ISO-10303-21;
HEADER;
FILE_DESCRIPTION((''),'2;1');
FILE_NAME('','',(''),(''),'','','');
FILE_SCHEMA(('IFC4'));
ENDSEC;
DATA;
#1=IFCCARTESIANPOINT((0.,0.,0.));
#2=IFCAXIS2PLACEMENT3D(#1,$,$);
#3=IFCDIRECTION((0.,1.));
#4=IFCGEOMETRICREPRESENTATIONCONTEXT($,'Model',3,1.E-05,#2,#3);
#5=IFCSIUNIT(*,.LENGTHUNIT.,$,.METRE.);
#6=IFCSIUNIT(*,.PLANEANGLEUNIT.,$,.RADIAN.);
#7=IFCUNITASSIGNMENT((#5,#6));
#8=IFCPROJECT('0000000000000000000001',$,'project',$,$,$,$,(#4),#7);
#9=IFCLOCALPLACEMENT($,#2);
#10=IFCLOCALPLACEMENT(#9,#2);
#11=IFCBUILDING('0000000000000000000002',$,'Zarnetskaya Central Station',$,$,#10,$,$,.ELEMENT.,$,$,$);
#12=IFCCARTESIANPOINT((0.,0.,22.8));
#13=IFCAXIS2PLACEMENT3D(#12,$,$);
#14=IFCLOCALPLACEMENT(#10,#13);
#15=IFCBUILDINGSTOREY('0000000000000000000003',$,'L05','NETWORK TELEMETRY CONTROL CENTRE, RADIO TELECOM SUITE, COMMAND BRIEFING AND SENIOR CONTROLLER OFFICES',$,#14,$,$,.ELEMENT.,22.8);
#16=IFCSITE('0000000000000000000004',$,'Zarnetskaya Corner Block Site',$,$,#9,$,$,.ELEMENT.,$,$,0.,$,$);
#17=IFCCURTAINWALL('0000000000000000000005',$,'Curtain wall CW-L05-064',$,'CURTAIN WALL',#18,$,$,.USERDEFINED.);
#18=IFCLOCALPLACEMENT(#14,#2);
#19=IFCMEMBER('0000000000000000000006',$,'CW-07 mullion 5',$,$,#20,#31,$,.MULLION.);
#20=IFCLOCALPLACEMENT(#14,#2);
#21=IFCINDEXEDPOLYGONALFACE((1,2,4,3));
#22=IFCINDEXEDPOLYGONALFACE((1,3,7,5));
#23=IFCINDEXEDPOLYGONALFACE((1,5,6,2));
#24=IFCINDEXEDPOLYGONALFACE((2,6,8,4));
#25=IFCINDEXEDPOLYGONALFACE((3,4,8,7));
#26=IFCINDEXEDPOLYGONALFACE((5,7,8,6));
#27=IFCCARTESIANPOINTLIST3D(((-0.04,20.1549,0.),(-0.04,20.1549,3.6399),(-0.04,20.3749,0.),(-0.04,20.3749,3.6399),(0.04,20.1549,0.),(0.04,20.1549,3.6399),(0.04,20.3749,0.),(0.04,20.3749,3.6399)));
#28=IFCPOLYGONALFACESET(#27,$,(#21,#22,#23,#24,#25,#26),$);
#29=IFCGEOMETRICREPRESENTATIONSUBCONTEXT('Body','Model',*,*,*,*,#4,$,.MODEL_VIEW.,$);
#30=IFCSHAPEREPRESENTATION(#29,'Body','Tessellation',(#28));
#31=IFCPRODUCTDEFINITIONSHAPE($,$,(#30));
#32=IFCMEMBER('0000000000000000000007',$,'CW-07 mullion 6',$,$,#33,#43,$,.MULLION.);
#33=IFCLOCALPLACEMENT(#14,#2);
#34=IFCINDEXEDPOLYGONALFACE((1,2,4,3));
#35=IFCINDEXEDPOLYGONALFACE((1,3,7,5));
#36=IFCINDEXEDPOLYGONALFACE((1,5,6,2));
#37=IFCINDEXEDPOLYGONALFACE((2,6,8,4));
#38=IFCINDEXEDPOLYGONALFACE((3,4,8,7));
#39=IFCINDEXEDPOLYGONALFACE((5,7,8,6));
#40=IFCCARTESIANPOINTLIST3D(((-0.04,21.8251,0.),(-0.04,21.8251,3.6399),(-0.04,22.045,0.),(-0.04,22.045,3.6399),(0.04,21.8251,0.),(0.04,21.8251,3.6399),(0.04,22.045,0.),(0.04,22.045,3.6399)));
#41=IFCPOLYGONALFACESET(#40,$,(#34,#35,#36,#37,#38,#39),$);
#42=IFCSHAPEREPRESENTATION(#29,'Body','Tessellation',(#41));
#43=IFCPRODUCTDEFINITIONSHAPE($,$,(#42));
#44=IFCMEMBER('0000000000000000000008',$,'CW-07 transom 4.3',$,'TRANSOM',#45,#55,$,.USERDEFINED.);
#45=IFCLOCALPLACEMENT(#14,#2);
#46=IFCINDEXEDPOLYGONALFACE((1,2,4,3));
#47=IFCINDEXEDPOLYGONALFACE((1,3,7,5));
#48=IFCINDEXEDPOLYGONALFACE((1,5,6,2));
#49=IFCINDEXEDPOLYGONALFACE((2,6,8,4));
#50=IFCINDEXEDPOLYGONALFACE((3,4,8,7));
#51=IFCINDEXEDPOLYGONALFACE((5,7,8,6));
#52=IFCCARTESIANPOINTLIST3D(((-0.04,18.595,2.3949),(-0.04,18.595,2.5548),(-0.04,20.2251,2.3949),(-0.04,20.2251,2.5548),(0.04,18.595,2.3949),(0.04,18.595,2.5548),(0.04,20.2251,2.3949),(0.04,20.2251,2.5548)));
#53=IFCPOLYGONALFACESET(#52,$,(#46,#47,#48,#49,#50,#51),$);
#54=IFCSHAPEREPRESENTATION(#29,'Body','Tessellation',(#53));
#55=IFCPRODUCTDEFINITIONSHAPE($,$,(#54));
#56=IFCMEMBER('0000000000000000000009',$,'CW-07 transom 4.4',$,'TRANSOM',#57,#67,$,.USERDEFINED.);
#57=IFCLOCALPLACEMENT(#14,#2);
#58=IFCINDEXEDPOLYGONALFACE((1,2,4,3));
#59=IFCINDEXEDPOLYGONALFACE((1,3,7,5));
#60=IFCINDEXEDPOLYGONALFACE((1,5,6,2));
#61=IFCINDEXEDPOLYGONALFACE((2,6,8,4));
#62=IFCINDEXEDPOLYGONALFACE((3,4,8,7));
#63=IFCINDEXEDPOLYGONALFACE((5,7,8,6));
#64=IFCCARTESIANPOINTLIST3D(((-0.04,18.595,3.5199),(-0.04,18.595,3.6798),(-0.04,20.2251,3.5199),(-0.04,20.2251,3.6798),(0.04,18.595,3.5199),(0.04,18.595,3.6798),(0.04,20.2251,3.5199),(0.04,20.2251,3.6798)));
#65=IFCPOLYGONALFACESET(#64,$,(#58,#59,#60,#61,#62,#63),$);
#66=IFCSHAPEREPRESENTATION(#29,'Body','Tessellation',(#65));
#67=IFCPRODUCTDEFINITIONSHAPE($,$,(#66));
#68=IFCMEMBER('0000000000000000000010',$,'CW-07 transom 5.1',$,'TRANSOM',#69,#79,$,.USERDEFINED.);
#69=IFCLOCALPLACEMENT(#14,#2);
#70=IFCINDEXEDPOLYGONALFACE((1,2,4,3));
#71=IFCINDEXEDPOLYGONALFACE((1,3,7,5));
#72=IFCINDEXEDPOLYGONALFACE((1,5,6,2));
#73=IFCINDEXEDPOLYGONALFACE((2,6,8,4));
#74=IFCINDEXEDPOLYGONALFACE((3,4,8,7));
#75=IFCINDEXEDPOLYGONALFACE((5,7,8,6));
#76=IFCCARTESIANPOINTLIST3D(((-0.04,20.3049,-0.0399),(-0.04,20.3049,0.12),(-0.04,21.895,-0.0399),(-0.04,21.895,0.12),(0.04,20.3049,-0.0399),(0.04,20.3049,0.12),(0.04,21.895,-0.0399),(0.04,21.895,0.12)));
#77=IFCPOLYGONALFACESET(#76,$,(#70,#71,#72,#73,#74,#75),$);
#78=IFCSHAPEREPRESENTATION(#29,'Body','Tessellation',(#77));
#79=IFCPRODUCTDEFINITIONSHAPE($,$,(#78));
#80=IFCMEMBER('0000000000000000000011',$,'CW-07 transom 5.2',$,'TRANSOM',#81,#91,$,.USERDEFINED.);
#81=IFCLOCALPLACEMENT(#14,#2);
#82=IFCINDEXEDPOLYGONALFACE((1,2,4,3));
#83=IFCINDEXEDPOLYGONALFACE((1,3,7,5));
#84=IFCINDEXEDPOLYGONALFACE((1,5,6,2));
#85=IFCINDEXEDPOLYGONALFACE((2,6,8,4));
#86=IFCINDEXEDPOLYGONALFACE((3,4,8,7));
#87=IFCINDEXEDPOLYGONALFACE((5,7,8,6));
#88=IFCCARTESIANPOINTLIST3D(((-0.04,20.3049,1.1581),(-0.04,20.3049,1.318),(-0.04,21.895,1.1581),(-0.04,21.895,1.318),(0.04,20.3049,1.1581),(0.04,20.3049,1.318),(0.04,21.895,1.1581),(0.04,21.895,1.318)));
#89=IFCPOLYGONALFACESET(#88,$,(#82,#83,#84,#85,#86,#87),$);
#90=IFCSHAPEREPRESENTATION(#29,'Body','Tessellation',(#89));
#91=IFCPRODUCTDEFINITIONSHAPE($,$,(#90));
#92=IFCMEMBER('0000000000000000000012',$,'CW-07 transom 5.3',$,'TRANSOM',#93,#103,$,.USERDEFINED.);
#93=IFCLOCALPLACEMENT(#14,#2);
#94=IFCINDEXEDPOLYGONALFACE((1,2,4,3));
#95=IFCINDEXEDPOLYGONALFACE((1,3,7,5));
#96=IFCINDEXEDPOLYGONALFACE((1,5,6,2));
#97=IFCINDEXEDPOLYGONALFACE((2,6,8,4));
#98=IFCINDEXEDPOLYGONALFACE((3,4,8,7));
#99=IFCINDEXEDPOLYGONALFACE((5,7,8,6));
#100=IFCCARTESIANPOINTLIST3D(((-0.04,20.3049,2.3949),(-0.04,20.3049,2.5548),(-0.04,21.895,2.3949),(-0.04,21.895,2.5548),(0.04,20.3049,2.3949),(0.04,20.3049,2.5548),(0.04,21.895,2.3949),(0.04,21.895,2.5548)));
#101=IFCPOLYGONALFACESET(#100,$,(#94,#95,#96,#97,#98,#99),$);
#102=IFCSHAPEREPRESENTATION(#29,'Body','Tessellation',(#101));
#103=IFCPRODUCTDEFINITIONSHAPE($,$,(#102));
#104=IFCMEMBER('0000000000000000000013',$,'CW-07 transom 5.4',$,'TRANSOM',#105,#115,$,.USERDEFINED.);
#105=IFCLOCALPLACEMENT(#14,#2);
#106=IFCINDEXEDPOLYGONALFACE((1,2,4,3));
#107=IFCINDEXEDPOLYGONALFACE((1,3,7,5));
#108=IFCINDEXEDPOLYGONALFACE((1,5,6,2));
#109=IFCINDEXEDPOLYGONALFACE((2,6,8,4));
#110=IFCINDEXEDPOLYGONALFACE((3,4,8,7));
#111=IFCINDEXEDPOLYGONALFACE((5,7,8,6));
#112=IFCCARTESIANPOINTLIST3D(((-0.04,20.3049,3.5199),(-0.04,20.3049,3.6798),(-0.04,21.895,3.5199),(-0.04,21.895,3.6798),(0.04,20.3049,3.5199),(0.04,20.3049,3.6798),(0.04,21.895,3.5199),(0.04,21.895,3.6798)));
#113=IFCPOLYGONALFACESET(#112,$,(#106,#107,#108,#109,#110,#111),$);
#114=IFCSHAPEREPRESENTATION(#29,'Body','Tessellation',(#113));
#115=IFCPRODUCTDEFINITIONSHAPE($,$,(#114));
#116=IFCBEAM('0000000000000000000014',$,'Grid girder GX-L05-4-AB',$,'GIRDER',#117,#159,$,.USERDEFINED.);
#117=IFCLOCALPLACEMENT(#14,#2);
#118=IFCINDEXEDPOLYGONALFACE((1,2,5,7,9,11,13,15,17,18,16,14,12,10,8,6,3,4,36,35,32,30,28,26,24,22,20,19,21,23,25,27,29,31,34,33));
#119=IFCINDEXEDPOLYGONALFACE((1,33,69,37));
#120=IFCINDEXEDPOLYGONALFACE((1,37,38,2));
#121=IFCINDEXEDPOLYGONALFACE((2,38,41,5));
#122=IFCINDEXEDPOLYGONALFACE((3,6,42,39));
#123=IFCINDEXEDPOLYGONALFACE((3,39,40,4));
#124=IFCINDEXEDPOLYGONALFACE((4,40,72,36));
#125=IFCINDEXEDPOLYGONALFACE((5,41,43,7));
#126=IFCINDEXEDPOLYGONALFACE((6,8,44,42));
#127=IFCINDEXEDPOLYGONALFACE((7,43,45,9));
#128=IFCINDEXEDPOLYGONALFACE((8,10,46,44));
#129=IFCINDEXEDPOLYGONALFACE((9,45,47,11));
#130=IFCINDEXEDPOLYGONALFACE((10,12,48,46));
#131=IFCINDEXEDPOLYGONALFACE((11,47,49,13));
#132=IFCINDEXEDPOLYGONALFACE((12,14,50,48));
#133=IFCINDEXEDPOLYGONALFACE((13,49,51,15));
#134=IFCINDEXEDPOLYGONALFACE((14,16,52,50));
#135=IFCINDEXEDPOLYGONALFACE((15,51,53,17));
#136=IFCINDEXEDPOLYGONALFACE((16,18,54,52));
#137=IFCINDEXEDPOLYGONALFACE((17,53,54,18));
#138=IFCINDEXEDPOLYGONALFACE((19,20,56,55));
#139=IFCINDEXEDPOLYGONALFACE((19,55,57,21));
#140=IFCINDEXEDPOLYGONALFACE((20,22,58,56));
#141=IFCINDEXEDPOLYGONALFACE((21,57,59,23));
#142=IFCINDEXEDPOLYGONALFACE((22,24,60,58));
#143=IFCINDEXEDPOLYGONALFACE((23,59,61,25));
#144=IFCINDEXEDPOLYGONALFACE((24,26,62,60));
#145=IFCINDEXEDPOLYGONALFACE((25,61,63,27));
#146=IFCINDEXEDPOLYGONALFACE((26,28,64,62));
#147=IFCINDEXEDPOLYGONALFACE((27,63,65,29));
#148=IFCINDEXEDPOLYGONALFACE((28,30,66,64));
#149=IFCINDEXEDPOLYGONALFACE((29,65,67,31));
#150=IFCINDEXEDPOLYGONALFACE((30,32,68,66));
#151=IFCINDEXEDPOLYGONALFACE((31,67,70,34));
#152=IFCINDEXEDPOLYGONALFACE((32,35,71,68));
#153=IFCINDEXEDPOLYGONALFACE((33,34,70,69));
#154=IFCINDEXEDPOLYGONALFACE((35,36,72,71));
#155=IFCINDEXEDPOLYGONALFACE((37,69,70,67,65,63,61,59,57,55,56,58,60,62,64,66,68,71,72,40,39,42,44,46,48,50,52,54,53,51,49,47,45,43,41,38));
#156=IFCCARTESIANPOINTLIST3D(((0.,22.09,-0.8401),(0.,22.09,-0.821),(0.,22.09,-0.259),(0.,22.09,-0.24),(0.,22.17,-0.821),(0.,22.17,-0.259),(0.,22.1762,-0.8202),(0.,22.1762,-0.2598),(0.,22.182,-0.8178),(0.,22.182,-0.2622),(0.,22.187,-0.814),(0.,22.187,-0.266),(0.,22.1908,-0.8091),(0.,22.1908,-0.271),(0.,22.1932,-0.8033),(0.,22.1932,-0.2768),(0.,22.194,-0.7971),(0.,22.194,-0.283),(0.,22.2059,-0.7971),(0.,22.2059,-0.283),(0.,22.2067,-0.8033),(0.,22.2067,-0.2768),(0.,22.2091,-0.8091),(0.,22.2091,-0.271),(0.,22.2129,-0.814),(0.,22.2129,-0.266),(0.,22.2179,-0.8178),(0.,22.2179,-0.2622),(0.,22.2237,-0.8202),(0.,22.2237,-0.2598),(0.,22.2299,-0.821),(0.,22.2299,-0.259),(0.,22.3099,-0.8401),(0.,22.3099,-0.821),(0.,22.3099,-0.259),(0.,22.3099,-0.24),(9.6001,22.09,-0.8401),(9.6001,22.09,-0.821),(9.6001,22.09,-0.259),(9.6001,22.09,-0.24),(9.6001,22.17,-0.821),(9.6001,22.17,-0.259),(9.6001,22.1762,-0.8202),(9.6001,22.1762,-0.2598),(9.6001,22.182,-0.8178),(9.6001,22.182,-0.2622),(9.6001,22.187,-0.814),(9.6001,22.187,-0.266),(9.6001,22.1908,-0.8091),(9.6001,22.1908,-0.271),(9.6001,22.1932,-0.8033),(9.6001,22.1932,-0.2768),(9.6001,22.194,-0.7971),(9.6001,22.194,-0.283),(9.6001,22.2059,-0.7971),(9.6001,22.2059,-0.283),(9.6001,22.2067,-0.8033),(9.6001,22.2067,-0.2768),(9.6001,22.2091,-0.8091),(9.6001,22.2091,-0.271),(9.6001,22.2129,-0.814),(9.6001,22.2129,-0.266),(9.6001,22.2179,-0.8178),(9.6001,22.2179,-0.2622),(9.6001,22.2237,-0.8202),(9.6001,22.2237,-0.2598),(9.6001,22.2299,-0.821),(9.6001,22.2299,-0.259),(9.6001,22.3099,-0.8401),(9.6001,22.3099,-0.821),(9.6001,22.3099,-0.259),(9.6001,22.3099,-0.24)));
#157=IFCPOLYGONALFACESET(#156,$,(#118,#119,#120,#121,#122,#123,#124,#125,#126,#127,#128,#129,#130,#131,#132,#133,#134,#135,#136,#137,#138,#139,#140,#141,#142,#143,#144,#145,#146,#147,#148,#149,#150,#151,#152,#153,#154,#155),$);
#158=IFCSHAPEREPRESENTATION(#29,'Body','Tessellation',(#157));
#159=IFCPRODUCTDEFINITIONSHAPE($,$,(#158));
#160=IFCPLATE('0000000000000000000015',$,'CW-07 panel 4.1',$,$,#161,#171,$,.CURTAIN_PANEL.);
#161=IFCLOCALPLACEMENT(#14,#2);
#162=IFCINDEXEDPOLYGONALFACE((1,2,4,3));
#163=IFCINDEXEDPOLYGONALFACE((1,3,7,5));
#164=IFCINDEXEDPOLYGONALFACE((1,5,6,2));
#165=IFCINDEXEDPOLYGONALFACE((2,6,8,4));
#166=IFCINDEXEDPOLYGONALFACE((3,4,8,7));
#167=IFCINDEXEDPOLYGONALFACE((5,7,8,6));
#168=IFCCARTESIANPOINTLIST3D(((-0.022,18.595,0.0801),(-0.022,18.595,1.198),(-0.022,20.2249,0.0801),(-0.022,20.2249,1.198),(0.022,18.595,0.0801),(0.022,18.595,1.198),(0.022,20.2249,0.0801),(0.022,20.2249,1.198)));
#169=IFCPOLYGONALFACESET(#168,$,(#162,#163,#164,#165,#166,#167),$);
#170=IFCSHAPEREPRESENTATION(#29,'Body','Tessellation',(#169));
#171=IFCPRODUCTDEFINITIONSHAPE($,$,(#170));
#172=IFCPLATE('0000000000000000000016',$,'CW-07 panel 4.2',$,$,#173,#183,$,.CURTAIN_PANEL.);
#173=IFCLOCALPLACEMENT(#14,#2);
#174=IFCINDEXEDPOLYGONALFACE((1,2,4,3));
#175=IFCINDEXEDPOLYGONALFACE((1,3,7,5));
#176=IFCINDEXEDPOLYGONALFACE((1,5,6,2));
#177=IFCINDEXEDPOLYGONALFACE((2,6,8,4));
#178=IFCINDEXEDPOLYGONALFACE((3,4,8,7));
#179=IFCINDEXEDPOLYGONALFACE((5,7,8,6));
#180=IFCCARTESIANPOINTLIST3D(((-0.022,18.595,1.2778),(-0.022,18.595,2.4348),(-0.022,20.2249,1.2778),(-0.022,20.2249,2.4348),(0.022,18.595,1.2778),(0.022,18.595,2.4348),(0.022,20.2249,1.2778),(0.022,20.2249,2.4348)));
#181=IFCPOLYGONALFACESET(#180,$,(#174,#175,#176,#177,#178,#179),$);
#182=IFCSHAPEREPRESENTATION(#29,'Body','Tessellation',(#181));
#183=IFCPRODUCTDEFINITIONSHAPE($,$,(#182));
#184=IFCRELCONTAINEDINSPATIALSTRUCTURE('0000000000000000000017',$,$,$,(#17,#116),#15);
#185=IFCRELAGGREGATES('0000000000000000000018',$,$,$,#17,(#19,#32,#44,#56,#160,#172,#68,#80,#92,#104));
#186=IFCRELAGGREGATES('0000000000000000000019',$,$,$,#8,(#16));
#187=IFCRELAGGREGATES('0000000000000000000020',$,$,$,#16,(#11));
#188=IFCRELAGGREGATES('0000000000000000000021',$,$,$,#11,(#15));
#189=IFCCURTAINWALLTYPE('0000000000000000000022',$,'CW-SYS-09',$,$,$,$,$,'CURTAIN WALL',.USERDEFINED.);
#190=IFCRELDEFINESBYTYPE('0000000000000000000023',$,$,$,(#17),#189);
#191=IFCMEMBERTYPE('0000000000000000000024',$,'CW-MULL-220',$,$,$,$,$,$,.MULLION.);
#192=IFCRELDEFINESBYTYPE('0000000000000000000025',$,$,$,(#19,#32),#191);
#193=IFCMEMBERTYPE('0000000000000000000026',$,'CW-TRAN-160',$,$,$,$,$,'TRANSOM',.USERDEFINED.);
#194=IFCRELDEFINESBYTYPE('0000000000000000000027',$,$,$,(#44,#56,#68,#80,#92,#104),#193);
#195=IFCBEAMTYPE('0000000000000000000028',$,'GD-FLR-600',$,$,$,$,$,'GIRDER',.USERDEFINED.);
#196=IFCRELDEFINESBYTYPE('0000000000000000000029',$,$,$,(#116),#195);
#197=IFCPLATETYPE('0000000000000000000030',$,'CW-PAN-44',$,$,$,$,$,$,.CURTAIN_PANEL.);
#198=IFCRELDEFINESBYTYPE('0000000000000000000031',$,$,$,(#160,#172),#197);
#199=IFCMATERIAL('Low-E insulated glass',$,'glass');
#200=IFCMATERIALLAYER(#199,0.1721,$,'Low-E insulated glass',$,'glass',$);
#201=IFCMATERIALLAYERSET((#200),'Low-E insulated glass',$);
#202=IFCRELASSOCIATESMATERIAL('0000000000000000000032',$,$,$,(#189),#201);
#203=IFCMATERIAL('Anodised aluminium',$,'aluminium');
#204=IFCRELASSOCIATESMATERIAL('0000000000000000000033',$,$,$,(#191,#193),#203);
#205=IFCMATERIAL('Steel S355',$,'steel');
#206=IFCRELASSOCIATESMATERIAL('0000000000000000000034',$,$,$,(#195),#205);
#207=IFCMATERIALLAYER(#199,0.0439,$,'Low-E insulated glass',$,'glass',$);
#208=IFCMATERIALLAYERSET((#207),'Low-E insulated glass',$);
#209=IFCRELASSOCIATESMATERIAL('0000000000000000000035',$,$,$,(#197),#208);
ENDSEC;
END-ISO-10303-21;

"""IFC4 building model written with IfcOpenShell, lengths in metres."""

from ifc_helpers import new_model, si_unit, direction, frame, origin, origin_2d, place, context, subcontext, project, spatial, rectangle, i_section, extrude, material, layer, layer_set, material_profile, profile_set, type_object, element, aggregate, save


model = new_model("IFC4")

# Units and contexts
model_context = context("Model", 3, precision=1e-05, world=origin(), true_north=direction((0.0, 1.0)))
body_context = subcontext(model_context, "Body", "Model", "MODEL_VIEW")
ifc_project = project(units=[si_unit("LENGTHUNIT", "METRE"), si_unit("PLANEANGLEUNIT", "RADIAN")], contexts=[model_context])

# Site, building, storey
site_placement = place(None, origin())
site = spatial("IfcSite", under=ifc_project, at=site_placement, Name="Zarnetskaya Corner Block Site", CompositionType="ELEMENT", RefElevation=0.0)
building_placement = place(site_placement, origin())
building = spatial("IfcBuilding", under=site, at=building_placement, Name="Zarnetskaya Central Station", CompositionType="ELEMENT")
storey_placement = place(building_placement, frame((0.0, 0.0, 22.8)))
storey = spatial("IfcBuildingStorey", under=building, at=storey_placement, Name="L05", Description="NETWORK TELEMETRY CONTROL CENTRE, RADIO TELECOM SUITE, COMMAND BRIEFING AND SENIOR CONTROLLER OFFICES", CompositionType="ELEMENT", Elevation=22.8)

# Shared definitions
ifc_material_1 = material(Name="Steel S355", Category="steel")

# Curtain wall, members
ifc_material_2 = material(Name="Low-E insulated glass", Category="glass")
ifc_layer_1 = layer(ifc_material_2, 0.1721, Name="Low-E insulated glass", Category="glass")
ifc_layer_set_1 = layer_set([ifc_layer_1], Name="Low-E insulated glass")
curtain_wall_type = type_object("IfcCurtainWallType", Name="CW-SYS-09", ElementType="CURTAIN WALL", PredefinedType="USERDEFINED", material=ifc_layer_set_1)
curtain_wall_placement = place(storey_placement, origin())
curtain_wall = element("IfcCurtainWall", 1, at=curtain_wall_placement, inside=storey, type_object=curtain_wall_type, Name="Curtain wall CW-L05-064", ObjectType="CURTAIN WALL", PredefinedType="USERDEFINED")
ifc_material_3 = material(Name="Anodised aluminium", Category="aluminium")
ifc_material_profile_1 = material_profile(ifc_material_3, rectangle(XDim=0.0801, YDim=0.22, at=origin_2d()), Name="ALU MULL 80x220")
ifc_profile_set_1 = profile_set([ifc_material_profile_1], Name="Anodised aluminium")
member_type_1 = type_object("IfcMemberType", Name="CW-MULL-220", PredefinedType="MULLION", material=ifc_profile_set_1)
member_1_placement = place(storey_placement, frame((0.0, 20.2649, 0.0), z_axis=(0.0, 0.0, 1.0), x_axis=(-1.0, 0.0, 0.0)))
member_1 = element("IfcMember", 2, at=member_1_placement, type_object=member_type_1, Name="CW-07 mullion 5", PredefinedType="MULLION", context=body_context, shape_type="SweptSolid", body=[
    extrude(rectangle(XDim=0.0801, YDim=0.22, at=origin_2d()), origin(), (0.0, 0.0, 1.0), 3.6399),
])
member_2_placement = place(storey_placement, frame((0.0, 21.9351, 0.0), z_axis=(0.0, 0.0, 1.0), x_axis=(-1.0, 0.0, 0.0)))
member_2 = element("IfcMember", 3, at=member_2_placement, type_object=member_type_1, Name="CW-07 mullion 6", PredefinedType="MULLION", context=body_context, shape_type="SweptSolid", body=[
    extrude(rectangle(XDim=0.0801, YDim=0.22, at=origin_2d()), origin(), (0.0, 0.0, 1.0), 3.6399),
])
ifc_material_profile_2 = material_profile(ifc_material_3, rectangle(XDim=0.0801, YDim=0.1599, at=origin_2d()), Name="ALU TRAN 80x160")
ifc_profile_set_2 = profile_set([ifc_material_profile_2], Name="Anodised aluminium")
member_type_2 = type_object("IfcMemberType", Name="CW-TRAN-160", ElementType="TRANSOM", PredefinedType="USERDEFINED", material=ifc_profile_set_2)
member_3_placement = place(storey_placement, frame((0.0, 18.595, 2.4749), z_axis=(0.0, 1.0, 0.0), x_axis=(-1.0, 0.0, 0.0)))
member_3 = element("IfcMember", 4, at=member_3_placement, type_object=member_type_2, Name="CW-07 transom 4.3", ObjectType="TRANSOM", PredefinedType="USERDEFINED", context=body_context, shape_type="SweptSolid", body=[
    extrude(rectangle(XDim=0.0801, YDim=0.1599, at=origin_2d()), origin(), (0.0, 0.0, 1.0), 1.6301),
])
member_4_placement = place(storey_placement, frame((0.0, 18.595, 3.5999), z_axis=(0.0, 1.0, 0.0), x_axis=(-1.0, 0.0, 0.0)))
member_4 = element("IfcMember", 5, at=member_4_placement, type_object=member_type_2, Name="CW-07 transom 4.4", ObjectType="TRANSOM", PredefinedType="USERDEFINED", context=body_context, shape_type="SweptSolid", body=[
    extrude(rectangle(XDim=0.0801, YDim=0.1599, at=origin_2d()), origin(), (0.0, 0.0, 1.0), 1.6301),
])
member_5_placement = place(storey_placement, frame((0.0, 20.3049, 0.04), z_axis=(0.0, 1.0, 0.0), x_axis=(-1.0, 0.0, 0.0)))
member_5 = element("IfcMember", 6, at=member_5_placement, type_object=member_type_2, Name="CW-07 transom 5.1", ObjectType="TRANSOM", PredefinedType="USERDEFINED", context=body_context, shape_type="SweptSolid", body=[
    extrude(rectangle(XDim=0.0801, YDim=0.1599, at=origin_2d()), origin(), (0.0, 0.0, 1.0), 1.5901),
])
member_6_placement = place(storey_placement, frame((0.0, 20.3049, 1.238), z_axis=(0.0, 1.0, 0.0), x_axis=(-1.0, 0.0, 0.0)))
member_6 = element("IfcMember", 7, at=member_6_placement, type_object=member_type_2, Name="CW-07 transom 5.2", ObjectType="TRANSOM", PredefinedType="USERDEFINED", context=body_context, shape_type="SweptSolid", body=[
    extrude(rectangle(XDim=0.0801, YDim=0.1599, at=origin_2d()), origin(), (0.0, 0.0, 1.0), 1.5901),
])
member_7_placement = place(storey_placement, frame((0.0, 20.3049, 2.4749), z_axis=(0.0, 1.0, 0.0), x_axis=(-1.0, 0.0, 0.0)))
member_7 = element("IfcMember", 8, at=member_7_placement, type_object=member_type_2, Name="CW-07 transom 5.3", ObjectType="TRANSOM", PredefinedType="USERDEFINED", context=body_context, shape_type="SweptSolid", body=[
    extrude(rectangle(XDim=0.0801, YDim=0.1599, at=origin_2d()), origin(), (0.0, 0.0, 1.0), 1.5901),
])
member_8_placement = place(storey_placement, frame((0.0, 20.3049, 3.5999), z_axis=(0.0, 1.0, 0.0), x_axis=(-1.0, 0.0, 0.0)))
member_8 = element("IfcMember", 9, at=member_8_placement, type_object=member_type_2, Name="CW-07 transom 5.4", ObjectType="TRANSOM", PredefinedType="USERDEFINED", context=body_context, shape_type="SweptSolid", body=[
    extrude(rectangle(XDim=0.0801, YDim=0.1599, at=origin_2d()), origin(), (0.0, 0.0, 1.0), 1.5901),
])

# Beam
ifc_material_profile_3 = material_profile(ifc_material_1, i_section(OverallWidth=0.22, OverallDepth=0.6001, WebThickness=0.012, FlangeThickness=0.019, FilletRadius=0.0239, at=origin_2d()), Name="IPE 600")
ifc_profile_set_3 = profile_set([ifc_material_profile_3], Name="Steel S355")
beam_type_1 = type_object("IfcBeamType", Name="GD-FLR-600", ElementType="GIRDER", PredefinedType="USERDEFINED", material=ifc_profile_set_3)
beam_placement = place(storey_placement, frame((0.0, 22.2, -0.54), z_axis=(1.0, 0.0, 0.0), x_axis=(0.0, 1.0, 0.0)))
element("IfcBeam", 10, at=beam_placement, inside=storey, type_object=beam_type_1, Name="Grid girder GX-L05-4-AB", ObjectType="GIRDER", PredefinedType="USERDEFINED", context=body_context, shape_type="SweptSolid", body=[
    extrude(i_section(OverallWidth=0.22, OverallDepth=0.6001, WebThickness=0.012, FlangeThickness=0.019, FilletRadius=0.0239, at=origin_2d()), origin(), (0.0, 0.0, 1.0), 9.6001),
])

# Plates
ifc_layer_2 = layer(ifc_material_2, 0.0439, Name="Low-E insulated glass", Category="glass")
ifc_layer_set_2 = layer_set([ifc_layer_2], Name="Low-E insulated glass")
plate_type = type_object("IfcPlateType", Name="CW-PAN-44", PredefinedType="CURTAIN_PANEL", material=ifc_layer_set_2)
plate_1_placement = place(storey_placement, frame((0.0, 19.4099, 0.0801), z_axis=(0.0, 0.0, 1.0), x_axis=(0.0, 1.0, 0.0)))
plate_1 = element("IfcPlate", 11, at=plate_1_placement, type_object=plate_type, Name="CW-07 panel 4.1", PredefinedType="CURTAIN_PANEL", context=body_context, shape_type="SweptSolid", body=[
    extrude(rectangle(XDim=1.6299, YDim=0.0439, at=origin_2d()), origin(), (0.0, 0.0, 1.0), 1.1179),
])
plate_2_placement = place(storey_placement, frame((0.0, 19.4099, 1.2778), z_axis=(0.0, 0.0, 1.0), x_axis=(0.0, 1.0, 0.0)))
plate_2 = element("IfcPlate", 12, at=plate_2_placement, type_object=plate_type, Name="CW-07 panel 4.2", PredefinedType="CURTAIN_PANEL", context=body_context, shape_type="SweptSolid", body=[
    extrude(rectangle(XDim=1.6299, YDim=0.0439, at=origin_2d()), origin(), (0.0, 0.0, 1.0), 1.157),
])
aggregate(curtain_wall, [member_1, member_2, member_3, member_4, plate_1, plate_2, member_5, member_6, member_7, member_8])

save(model, "model.ifc")
